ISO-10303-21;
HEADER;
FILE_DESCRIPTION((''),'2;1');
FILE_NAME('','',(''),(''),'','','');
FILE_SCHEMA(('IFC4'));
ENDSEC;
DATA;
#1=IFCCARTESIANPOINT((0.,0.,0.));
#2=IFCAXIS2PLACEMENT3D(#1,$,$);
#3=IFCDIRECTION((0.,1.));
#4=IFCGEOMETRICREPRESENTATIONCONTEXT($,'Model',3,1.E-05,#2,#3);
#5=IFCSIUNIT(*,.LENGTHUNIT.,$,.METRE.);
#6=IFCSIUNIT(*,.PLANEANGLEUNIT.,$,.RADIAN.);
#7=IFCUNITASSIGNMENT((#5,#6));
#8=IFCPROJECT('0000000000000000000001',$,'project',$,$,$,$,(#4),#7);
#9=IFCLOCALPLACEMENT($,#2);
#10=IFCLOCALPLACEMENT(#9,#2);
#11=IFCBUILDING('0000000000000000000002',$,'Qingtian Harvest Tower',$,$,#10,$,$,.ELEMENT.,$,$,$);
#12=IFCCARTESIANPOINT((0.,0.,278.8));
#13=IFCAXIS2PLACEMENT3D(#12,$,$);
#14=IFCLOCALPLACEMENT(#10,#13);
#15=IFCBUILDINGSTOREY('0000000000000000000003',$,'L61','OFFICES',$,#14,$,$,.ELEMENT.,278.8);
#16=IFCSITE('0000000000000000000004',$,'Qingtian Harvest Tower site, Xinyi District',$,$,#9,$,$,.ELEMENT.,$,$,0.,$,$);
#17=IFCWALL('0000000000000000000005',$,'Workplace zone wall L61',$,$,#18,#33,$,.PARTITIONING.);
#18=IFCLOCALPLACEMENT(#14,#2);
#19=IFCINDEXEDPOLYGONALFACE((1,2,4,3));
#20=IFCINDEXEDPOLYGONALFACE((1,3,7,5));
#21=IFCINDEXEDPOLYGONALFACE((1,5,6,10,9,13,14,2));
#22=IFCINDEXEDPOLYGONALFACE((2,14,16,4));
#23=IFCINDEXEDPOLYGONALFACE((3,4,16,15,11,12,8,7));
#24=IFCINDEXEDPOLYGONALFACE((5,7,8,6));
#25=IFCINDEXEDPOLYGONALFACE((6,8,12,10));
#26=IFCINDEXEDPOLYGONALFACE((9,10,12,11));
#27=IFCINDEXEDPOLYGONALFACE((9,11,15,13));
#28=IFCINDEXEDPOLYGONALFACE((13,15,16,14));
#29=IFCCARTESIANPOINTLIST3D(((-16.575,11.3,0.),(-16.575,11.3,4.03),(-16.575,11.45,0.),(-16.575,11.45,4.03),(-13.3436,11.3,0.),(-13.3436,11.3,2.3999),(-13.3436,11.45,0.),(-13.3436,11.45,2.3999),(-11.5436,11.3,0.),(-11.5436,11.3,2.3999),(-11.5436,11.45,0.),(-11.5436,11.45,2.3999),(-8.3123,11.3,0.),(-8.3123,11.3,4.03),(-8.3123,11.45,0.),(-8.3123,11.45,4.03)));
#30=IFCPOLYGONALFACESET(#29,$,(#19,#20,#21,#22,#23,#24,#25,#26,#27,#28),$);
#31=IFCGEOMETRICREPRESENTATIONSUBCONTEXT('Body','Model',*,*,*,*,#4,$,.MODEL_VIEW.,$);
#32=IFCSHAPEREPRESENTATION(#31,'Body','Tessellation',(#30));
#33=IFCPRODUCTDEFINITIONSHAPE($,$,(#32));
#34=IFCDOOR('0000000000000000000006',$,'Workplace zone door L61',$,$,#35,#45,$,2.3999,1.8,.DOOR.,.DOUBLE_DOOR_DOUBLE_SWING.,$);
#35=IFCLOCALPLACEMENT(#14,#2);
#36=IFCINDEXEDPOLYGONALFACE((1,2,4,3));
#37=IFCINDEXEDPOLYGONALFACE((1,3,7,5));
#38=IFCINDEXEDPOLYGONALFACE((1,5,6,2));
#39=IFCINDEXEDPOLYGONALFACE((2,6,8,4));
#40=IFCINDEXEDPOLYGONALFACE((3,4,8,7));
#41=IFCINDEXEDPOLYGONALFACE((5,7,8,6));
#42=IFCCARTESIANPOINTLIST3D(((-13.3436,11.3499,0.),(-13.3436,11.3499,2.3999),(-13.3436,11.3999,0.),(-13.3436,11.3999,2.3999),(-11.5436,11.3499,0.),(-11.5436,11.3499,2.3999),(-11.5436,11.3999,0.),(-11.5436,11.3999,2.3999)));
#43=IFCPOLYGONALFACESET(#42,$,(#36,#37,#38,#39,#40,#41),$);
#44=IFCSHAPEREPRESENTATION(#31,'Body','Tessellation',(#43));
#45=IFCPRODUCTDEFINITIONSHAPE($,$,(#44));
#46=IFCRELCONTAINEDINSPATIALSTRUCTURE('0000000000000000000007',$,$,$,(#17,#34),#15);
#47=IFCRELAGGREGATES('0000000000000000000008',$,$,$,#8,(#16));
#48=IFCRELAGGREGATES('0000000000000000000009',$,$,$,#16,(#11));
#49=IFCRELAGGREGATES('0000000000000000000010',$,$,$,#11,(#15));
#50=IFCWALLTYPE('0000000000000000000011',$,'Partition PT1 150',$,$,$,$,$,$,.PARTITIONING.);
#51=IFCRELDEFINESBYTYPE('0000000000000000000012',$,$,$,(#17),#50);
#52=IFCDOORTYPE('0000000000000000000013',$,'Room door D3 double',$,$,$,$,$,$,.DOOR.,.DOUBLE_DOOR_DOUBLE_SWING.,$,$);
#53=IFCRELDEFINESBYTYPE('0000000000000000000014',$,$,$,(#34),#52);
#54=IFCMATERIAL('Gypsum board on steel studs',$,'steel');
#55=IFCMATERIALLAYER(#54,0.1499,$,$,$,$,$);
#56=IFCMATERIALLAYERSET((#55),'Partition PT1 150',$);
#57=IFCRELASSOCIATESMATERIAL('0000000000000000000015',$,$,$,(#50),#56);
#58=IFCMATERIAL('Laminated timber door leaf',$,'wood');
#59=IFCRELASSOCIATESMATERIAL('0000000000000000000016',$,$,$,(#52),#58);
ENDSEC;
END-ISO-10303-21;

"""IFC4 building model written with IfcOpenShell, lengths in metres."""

from ifc_helpers import new_model, si_unit, direction, frame, frame_2d, origin, place, context, subcontext, project, spatial, rectangle, extrude, material, layer, layer_set, type_object, element, fill, save


model = new_model("IFC4")

# Units and contexts
model_context = context("Model", 3, precision=1e-05, world=origin(), true_north=direction((0.0, 1.0)))
body_context = subcontext(model_context, "Body", "Model", "MODEL_VIEW")
ifc_project = project(units=[si_unit("LENGTHUNIT", "METRE"), si_unit("PLANEANGLEUNIT", "RADIAN")], contexts=[model_context])

# Site, building, storey
site_placement = place(None, origin())
site = spatial("IfcSite", under=ifc_project, at=site_placement, Name="Qingtian Harvest Tower site, Xinyi District", CompositionType="ELEMENT", RefElevation=0.0)
building_placement = place(site_placement, origin())
building = spatial("IfcBuilding", under=site, at=building_placement, Name="Qingtian Harvest Tower", CompositionType="ELEMENT")
storey_placement = place(building_placement, frame((0.0, 0.0, 278.8)))
storey = spatial("IfcBuildingStorey", under=building, at=storey_placement, Name="L61", Description="OFFICES", CompositionType="ELEMENT", Elevation=278.8)

# Shared definitions
ifc_material_1 = material(Name="Gypsum board on steel studs", Category="steel")
ifc_layer_1 = layer(ifc_material_1, 0.1499)
ifc_layer_set_1 = layer_set([ifc_layer_1], Name="Partition PT1 150")
wall_type = type_object("IfcWallType", Name="Partition PT1 150", PredefinedType="PARTITIONING", material=ifc_layer_set_1)

# Wall, opening, door
wall_1_placement = place(storey_placement, frame((-16.575, 11.375, 0.0), z_axis=(0.0, 0.0, 1.0), x_axis=(1.0, 0.0, 0.0)))
wall_1 = element("IfcWall", 1, at=wall_1_placement, inside=storey, type_object=wall_type, Name="Workplace zone wall L61", PredefinedType="PARTITIONING", context=body_context, shape_type="SweptSolid", body=[
    extrude(rectangle(XDim=8.2627, YDim=0.1499, at=frame_2d((4.1313, 0.0))), origin(), (0.0, 0.0, 1.0), 4.03),
])
opening_placement = place(wall_1_placement, frame((3.2314, 0.0, 0.0)))
opening = element("IfcOpeningElement", 2, at=opening_placement, cuts=wall_1, PredefinedType="OPENING", context=body_context, shape_type="SweptSolid", body=[
    extrude(rectangle(XDim=1.8, YDim=2.3999, at=frame_2d((0.8999, 1.2))), frame((0.0, 0.085, 0.0), z_axis=(0.0, -1.0, 0.0), x_axis=(1.0, 0.0, 0.0)), (0.0, 0.0, 1.0), 0.1699),
])
ifc_material_2 = material(Name="Laminated timber door leaf", Category="wood")
door_type = type_object("IfcDoorType", Name="Room door D3 double", OperationType="DOUBLE_DOOR_DOUBLE_SWING", PredefinedType="DOOR", material=ifc_material_2)
door_placement = place(opening_placement, origin())
door = element("IfcDoor", 3, at=door_placement, inside=storey, type_object=door_type, Name="Workplace zone door L61", OperationType="DOUBLE_DOOR_DOUBLE_SWING", OverallHeight=2.3999, OverallWidth=1.8, PredefinedType="DOOR", context=body_context, shape_type="SweptSolid", body=[
    extrude(rectangle(XDim=1.8, YDim=2.3999, at=frame_2d((0.8999, 1.2))), frame((0.0, 0.0249, 0.0), z_axis=(0.0, -1.0, 0.0), x_axis=(1.0, 0.0, 0.0)), (0.0, 0.0, 1.0), 0.05),
])
fill(opening, door)

save(model, "model.ifc")
